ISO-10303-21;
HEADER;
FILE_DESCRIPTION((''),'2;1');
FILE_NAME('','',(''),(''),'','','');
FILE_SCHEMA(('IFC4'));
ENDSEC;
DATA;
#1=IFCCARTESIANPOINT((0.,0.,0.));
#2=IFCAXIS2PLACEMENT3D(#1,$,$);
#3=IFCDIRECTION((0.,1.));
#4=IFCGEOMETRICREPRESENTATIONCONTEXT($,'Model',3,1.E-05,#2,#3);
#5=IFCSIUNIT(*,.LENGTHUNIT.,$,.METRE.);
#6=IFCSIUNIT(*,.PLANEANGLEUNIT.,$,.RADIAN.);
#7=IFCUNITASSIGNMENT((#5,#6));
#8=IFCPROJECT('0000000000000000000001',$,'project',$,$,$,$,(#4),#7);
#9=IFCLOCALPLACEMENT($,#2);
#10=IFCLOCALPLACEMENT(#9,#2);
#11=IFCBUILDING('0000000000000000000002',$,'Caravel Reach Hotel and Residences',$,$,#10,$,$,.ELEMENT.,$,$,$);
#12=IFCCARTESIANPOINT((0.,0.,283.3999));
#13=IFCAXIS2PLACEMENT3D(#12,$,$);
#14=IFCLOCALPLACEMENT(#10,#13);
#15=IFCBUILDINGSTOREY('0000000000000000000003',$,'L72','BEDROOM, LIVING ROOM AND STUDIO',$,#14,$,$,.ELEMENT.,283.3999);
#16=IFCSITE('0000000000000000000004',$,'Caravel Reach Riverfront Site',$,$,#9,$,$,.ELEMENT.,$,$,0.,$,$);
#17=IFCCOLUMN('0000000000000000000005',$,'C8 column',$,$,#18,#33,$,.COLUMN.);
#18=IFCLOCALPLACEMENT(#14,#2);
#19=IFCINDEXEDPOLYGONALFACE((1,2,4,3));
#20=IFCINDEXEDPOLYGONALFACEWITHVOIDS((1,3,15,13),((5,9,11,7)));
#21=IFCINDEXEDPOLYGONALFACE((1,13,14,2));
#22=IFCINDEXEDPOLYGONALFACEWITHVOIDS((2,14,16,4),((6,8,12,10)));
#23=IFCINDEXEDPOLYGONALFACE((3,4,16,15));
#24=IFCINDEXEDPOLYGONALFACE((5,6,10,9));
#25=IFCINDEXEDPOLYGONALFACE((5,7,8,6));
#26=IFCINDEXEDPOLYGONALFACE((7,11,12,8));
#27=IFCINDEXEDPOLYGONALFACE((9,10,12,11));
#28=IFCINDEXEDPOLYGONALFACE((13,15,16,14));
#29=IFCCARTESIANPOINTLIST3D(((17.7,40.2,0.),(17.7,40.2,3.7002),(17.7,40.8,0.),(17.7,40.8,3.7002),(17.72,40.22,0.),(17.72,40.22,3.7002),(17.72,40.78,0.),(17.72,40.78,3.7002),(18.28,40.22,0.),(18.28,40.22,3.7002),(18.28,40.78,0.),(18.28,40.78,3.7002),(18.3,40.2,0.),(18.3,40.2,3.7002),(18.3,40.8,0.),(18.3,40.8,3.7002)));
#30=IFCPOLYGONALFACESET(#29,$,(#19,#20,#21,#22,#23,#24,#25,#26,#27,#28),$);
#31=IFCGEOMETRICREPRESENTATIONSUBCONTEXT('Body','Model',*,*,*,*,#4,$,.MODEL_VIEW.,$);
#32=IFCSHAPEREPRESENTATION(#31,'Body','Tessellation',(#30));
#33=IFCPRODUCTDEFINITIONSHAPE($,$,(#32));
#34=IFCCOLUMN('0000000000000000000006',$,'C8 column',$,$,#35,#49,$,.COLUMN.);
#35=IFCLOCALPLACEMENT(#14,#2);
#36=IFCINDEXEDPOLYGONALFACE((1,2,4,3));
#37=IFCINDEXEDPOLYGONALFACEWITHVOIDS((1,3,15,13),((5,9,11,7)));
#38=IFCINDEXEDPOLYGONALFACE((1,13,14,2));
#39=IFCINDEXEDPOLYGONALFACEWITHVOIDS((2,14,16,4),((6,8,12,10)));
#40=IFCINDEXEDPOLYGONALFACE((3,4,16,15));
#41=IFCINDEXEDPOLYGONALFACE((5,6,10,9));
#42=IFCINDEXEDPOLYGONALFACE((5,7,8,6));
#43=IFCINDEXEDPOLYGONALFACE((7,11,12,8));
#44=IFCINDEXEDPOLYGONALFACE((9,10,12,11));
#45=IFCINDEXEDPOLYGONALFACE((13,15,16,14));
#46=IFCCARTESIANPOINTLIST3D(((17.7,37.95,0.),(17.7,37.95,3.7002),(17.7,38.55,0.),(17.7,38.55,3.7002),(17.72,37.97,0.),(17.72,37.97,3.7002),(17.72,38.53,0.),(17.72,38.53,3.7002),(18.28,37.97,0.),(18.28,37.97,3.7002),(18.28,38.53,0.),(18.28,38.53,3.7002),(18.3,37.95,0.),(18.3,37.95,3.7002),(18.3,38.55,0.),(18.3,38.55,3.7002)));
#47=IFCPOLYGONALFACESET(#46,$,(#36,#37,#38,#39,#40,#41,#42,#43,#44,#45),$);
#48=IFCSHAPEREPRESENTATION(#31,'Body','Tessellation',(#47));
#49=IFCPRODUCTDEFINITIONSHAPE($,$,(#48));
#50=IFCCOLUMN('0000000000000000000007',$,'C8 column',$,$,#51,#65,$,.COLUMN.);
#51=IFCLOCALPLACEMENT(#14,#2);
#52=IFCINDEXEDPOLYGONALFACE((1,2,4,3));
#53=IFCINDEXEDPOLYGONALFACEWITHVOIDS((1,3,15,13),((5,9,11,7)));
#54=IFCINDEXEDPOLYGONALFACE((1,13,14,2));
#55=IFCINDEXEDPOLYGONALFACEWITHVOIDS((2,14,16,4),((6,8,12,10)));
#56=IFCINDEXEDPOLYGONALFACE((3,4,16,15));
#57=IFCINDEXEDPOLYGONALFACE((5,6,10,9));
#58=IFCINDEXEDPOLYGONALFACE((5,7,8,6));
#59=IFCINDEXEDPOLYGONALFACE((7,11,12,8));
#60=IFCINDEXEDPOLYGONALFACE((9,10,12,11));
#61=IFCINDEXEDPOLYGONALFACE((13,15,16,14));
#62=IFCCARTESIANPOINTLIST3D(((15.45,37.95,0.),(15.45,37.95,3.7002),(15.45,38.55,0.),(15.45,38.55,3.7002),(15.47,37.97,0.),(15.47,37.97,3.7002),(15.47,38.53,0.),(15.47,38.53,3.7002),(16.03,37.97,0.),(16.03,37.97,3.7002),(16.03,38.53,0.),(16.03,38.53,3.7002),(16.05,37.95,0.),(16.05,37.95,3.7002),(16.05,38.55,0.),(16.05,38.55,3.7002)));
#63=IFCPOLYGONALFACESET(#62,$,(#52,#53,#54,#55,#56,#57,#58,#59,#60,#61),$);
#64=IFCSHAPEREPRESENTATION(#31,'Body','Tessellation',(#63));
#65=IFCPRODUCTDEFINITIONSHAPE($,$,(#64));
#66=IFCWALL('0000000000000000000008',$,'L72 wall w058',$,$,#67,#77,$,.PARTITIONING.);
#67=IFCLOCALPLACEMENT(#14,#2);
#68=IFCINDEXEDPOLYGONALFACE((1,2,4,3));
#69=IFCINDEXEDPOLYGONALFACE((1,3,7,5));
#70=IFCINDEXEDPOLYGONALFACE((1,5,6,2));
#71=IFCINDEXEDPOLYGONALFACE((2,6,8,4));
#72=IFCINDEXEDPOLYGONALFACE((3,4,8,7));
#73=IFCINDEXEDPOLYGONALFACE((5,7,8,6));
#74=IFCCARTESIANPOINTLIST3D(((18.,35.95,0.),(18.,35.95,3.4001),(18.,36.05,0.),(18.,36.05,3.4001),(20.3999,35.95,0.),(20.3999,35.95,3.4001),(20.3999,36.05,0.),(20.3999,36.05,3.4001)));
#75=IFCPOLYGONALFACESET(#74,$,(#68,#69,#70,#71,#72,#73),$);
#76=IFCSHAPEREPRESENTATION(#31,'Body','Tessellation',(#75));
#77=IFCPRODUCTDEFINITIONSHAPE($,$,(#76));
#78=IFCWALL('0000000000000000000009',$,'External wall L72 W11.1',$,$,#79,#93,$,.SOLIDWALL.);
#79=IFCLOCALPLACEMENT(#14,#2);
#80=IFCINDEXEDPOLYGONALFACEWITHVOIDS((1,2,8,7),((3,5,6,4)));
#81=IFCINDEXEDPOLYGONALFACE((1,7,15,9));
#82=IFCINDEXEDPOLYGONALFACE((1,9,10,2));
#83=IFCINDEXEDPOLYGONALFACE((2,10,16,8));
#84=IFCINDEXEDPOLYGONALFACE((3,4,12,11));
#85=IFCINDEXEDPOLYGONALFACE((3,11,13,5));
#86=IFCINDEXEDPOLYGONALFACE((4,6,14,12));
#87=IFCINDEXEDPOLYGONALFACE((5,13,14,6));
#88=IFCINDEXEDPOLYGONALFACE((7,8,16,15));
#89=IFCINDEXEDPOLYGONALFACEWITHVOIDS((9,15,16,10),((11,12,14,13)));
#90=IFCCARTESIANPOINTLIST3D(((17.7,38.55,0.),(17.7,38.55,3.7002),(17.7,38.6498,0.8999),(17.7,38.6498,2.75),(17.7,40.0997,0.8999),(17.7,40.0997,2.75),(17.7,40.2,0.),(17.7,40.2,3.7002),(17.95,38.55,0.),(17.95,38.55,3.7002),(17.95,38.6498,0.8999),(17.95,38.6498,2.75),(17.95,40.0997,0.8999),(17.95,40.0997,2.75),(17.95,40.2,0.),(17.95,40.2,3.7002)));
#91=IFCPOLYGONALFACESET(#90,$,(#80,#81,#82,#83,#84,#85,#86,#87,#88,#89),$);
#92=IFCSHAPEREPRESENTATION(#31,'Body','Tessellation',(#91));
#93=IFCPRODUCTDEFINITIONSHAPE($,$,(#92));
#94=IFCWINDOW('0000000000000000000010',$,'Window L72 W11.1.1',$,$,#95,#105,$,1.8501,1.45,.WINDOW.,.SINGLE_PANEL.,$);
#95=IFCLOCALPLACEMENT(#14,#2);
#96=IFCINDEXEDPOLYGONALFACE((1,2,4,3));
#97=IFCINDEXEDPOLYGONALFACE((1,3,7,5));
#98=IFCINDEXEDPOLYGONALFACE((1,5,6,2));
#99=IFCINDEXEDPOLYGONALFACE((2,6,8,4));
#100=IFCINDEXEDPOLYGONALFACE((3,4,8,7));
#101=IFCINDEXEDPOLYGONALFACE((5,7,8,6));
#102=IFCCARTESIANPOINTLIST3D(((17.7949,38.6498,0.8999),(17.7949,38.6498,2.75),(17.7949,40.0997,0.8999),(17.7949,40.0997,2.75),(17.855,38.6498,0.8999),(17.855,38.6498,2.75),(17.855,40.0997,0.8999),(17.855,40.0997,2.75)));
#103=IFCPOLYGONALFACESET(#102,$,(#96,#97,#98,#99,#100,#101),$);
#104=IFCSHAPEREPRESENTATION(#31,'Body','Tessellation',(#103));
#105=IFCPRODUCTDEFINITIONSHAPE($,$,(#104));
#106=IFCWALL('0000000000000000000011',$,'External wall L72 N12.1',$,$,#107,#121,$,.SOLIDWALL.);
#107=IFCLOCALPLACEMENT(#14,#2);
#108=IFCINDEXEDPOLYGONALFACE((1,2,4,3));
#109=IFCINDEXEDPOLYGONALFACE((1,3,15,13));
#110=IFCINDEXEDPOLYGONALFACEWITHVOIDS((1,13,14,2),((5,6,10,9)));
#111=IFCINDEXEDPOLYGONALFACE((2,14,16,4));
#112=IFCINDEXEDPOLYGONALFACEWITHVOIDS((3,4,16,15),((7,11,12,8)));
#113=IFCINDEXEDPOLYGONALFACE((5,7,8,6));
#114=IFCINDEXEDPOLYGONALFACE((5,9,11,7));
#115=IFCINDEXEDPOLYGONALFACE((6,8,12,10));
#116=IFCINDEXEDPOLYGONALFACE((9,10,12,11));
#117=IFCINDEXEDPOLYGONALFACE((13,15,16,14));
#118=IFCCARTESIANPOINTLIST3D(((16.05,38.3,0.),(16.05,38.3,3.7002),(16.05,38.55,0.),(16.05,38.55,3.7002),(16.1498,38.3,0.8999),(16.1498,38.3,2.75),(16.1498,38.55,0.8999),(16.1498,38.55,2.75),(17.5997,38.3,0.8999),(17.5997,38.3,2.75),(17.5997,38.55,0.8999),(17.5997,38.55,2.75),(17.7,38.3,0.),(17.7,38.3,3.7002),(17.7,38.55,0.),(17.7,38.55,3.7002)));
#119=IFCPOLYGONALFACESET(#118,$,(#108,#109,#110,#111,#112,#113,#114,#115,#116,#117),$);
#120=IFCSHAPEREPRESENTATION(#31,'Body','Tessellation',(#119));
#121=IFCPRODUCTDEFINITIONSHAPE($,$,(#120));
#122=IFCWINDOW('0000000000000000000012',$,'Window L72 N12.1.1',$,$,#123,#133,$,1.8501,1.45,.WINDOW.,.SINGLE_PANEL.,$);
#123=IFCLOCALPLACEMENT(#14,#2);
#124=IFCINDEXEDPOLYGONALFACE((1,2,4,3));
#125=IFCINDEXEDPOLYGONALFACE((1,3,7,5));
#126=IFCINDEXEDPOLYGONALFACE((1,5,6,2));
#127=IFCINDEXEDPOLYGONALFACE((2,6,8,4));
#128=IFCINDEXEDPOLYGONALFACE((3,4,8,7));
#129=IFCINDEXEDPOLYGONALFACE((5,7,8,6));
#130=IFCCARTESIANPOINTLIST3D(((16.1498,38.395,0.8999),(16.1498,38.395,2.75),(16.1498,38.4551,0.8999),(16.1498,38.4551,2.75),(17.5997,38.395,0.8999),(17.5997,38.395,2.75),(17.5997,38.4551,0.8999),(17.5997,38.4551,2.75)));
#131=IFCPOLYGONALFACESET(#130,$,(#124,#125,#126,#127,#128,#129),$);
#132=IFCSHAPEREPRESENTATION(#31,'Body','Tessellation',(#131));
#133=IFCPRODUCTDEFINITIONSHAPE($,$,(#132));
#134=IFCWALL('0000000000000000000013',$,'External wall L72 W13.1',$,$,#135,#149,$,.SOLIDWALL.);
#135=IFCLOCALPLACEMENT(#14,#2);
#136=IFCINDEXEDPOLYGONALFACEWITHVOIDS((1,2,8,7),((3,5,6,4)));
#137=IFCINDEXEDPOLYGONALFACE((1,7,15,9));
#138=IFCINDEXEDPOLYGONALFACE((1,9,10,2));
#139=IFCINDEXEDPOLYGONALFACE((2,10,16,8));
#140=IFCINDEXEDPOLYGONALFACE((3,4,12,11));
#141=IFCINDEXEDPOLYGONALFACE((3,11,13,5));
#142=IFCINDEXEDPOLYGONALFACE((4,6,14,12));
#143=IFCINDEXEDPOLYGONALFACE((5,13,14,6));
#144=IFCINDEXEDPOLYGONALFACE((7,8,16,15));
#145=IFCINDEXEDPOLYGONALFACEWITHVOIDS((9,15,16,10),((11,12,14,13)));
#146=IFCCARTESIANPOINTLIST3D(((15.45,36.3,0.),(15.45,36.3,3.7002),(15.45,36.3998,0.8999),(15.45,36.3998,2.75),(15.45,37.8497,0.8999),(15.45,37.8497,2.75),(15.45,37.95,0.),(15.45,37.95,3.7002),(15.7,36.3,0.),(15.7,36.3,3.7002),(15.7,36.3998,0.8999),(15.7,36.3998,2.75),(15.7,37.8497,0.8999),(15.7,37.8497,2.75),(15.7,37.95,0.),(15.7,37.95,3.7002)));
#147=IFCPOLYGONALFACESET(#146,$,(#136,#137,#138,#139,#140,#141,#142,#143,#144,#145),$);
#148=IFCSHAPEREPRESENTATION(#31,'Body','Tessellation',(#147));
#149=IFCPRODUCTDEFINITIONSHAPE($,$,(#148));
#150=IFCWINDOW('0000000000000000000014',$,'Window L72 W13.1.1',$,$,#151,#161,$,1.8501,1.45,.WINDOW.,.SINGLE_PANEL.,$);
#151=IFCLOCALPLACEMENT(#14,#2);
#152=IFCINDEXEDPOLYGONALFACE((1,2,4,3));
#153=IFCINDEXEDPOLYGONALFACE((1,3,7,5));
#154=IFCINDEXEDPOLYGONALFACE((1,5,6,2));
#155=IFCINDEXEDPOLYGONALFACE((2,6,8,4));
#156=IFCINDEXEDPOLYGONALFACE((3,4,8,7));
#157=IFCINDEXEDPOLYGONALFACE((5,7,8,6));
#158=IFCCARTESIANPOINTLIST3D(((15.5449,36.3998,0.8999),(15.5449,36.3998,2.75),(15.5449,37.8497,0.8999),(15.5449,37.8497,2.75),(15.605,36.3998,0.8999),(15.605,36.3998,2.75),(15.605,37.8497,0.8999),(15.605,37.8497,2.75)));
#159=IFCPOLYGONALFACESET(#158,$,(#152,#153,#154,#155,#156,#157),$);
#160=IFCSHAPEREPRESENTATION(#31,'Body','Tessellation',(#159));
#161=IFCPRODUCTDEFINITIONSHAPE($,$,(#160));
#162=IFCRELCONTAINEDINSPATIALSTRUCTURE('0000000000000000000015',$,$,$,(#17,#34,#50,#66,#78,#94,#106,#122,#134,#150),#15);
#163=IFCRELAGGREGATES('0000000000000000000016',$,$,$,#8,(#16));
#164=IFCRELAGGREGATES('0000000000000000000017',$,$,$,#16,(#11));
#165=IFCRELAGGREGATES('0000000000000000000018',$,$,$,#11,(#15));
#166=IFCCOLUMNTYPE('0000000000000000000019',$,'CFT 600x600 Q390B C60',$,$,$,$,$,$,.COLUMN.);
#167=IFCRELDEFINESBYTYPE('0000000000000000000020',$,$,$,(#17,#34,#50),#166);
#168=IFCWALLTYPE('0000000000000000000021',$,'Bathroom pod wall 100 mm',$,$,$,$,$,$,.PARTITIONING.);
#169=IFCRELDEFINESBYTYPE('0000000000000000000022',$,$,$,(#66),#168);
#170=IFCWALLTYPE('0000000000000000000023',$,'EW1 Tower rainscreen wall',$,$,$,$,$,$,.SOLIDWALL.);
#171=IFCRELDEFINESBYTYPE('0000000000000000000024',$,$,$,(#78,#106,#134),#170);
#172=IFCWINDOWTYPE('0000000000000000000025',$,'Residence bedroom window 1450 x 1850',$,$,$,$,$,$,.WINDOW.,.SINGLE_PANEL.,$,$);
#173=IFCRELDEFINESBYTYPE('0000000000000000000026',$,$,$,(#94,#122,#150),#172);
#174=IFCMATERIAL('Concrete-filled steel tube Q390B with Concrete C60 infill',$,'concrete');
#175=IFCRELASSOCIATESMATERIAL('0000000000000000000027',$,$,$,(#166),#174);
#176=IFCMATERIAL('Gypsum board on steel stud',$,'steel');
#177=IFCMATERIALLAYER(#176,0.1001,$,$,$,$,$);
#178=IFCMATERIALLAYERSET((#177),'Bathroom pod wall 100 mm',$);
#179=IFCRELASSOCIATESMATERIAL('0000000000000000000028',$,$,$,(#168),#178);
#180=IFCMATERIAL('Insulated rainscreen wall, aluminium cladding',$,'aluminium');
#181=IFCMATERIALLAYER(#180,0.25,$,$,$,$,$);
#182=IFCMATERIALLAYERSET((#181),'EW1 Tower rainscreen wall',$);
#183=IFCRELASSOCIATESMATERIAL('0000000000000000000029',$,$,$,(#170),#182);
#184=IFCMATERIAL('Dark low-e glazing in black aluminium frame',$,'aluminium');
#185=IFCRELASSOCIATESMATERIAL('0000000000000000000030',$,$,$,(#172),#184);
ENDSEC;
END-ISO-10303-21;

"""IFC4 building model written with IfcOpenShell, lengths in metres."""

from ifc_helpers import new_model, si_unit, direction, frame, frame_2d, origin, origin_2d, place, context, subcontext, project, spatial, rectangle, hollow_rectangle, extrude, material, layer, layer_set, material_profile, profile_set, type_object, element, fill, save


model = new_model("IFC4")

# Units and contexts
model_context = context("Model", 3, precision=1e-05, world=origin(), true_north=direction((0.0, 1.0)))
body_context = subcontext(model_context, "Body", "Model", "MODEL_VIEW")
ifc_project = project(units=[si_unit("LENGTHUNIT", "METRE"), si_unit("PLANEANGLEUNIT", "RADIAN")], contexts=[model_context])

# Site, building, storey
site_placement = place(None, origin())
site = spatial("IfcSite", under=ifc_project, at=site_placement, Name="Caravel Reach Riverfront Site", CompositionType="ELEMENT", RefElevation=0.0)
building_placement = place(site_placement, origin())
building = spatial("IfcBuilding", under=site, at=building_placement, Name="Caravel Reach Hotel and Residences", CompositionType="ELEMENT")
storey_placement = place(building_placement, frame((0.0, 0.0, 283.3999)))
storey = spatial("IfcBuildingStorey", under=building, at=storey_placement, Name="L72", Description="BEDROOM, LIVING ROOM AND STUDIO", CompositionType="ELEMENT", Elevation=283.3999)

# Columns
ifc_material_1 = material(Name="Concrete-filled steel tube Q390B with Concrete C60 infill", Category="concrete")
ifc_material_profile = material_profile(ifc_material_1, hollow_rectangle(XDim=0.6001, YDim=0.6001, WallThickness=0.02, at=origin_2d()), Name="RHS 600x600x20")
ifc_profile_set = profile_set([ifc_material_profile], Name="Concrete-filled steel tube Q390B with Concrete C60 infill")
column_type = type_object("IfcColumnType", Name="CFT 600x600 Q390B C60", PredefinedType="COLUMN", material=ifc_profile_set)
for number, where, z_axis, x_axis, name in (
    (1, (18.0, 40.5, 0.0), (0.0, 0.0, 1.0), (1.0, 0.0, 0.0), "C8 column"),
    (2, (18.0, 38.25, 0.0), (0.0, 0.0, 1.0), (1.0, 0.0, 0.0), "C8 column"),
    (3, (15.75, 38.25, 0.0), (0.0, 0.0, 1.0), (1.0, 0.0, 0.0), "C8 column"),
):
    element("IfcColumn", number, at=place(storey_placement, frame(where, z_axis=z_axis, x_axis=x_axis)), inside=storey, type_object=column_type, Name=name, PredefinedType="COLUMN", context=body_context, shape_type="SweptSolid", body=[
        extrude(hollow_rectangle(XDim=0.6001, YDim=0.6001, WallThickness=0.02, at=origin_2d()), origin(), (0.0, 0.0, 1.0), 3.7002),
    ])

# Wall
ifc_material_2 = material(Name="Gypsum board on steel stud", Category="steel")
ifc_layer_1 = layer(ifc_material_2, 0.1001)
ifc_layer_set_1 = layer_set([ifc_layer_1], Name="Bathroom pod wall 100 mm")
wall_type_1 = type_object("IfcWallType", Name="Bathroom pod wall 100 mm", PredefinedType="PARTITIONING", material=ifc_layer_set_1)
wall_1_placement = place(storey_placement, frame((18.0, 36.0, 0.0), z_axis=(0.0, 0.0, 1.0), x_axis=(1.0, 0.0, 0.0)))
element("IfcWall", 4, at=wall_1_placement, inside=storey, type_object=wall_type_1, Name="L72 wall w058", PredefinedType="PARTITIONING", context=body_context, shape_type="SweptSolid", body=[
    extrude(rectangle(XDim=2.3999, YDim=0.1001, at=frame_2d((1.2, 0.0))), origin(), (0.0, 0.0, 1.0), 3.4001),
])

# Walls, openings, windows
ifc_material_3 = material(Name="Insulated rainscreen wall, aluminium cladding", Category="aluminium")
ifc_layer_2 = layer(ifc_material_3, 0.25)
ifc_layer_set_2 = layer_set([ifc_layer_2], Name="EW1 Tower rainscreen wall")
wall_type_2 = type_object("IfcWallType", Name="EW1 Tower rainscreen wall", PredefinedType="SOLIDWALL", material=ifc_layer_set_2)
wall_2_placement = place(storey_placement, frame((17.825, 40.2, 0.0), z_axis=(0.0, 0.0, 1.0), x_axis=(0.0, -1.0, 0.0)))
wall_2 = element("IfcWall", 5, at=wall_2_placement, inside=storey, type_object=wall_type_2, Name="External wall L72 W11.1", PredefinedType="SOLIDWALL", context=body_context, shape_type="SweptSolid", body=[
    extrude(rectangle(XDim=1.6499, YDim=0.25, at=frame_2d((0.825, 0.0))), origin(), (0.0, 0.0, 1.0), 3.7002),
])
opening_1_placement = place(wall_2_placement, frame((0.1001, 0.0, 0.8999)))
opening_1 = element("IfcOpeningElement", 6, at=opening_1_placement, cuts=wall_2, PredefinedType="OPENING", context=body_context, shape_type="SweptSolid", body=[
    extrude(rectangle(XDim=1.45, YDim=1.8501, at=frame_2d((0.7251, 0.925))), frame((0.0, 0.135, 0.0), z_axis=(0.0, -1.0, 0.0), x_axis=(1.0, 0.0, 0.0)), (0.0, 0.0, 1.0), 0.27),
])
ifc_material_4 = material(Name="Dark low-e glazing in black aluminium frame", Category="aluminium")
window_type = type_object("IfcWindowType", Name="Residence bedroom window 1450 x 1850", PartitioningType="SINGLE_PANEL", PredefinedType="WINDOW", material=ifc_material_4)
window_1_placement = place(opening_1_placement, origin())
window_1 = element("IfcWindow", 7, at=window_1_placement, inside=storey, type_object=window_type, Name="Window L72 W11.1.1", OverallHeight=1.8501, OverallWidth=1.45, PartitioningType="SINGLE_PANEL", PredefinedType="WINDOW", context=body_context, shape_type="SweptSolid", body=[
    extrude(rectangle(XDim=1.45, YDim=1.8501, at=frame_2d((0.7251, 0.925))), frame((0.0, 0.03, 0.0), z_axis=(0.0, -1.0, 0.0), x_axis=(1.0, 0.0, 0.0)), (0.0, 0.0, 1.0), 0.0601),
])
fill(opening_1, window_1)
wall_3_placement = place(storey_placement, frame((17.7, 38.425, 0.0), z_axis=(0.0, 0.0, 1.0), x_axis=(-1.0, 0.0, 0.0)))
wall_3 = element("IfcWall", 8, at=wall_3_placement, inside=storey, type_object=wall_type_2, Name="External wall L72 N12.1", PredefinedType="SOLIDWALL", context=body_context, shape_type="SweptSolid", body=[
    extrude(rectangle(XDim=1.6499, YDim=0.25, at=frame_2d((0.825, 0.0))), origin(), (0.0, 0.0, 1.0), 3.7002),
])
opening_2_placement = place(wall_3_placement, frame((0.1001, 0.0, 0.8999)))
opening_2 = element("IfcOpeningElement", 9, at=opening_2_placement, cuts=wall_3, PredefinedType="OPENING", context=body_context, shape_type="SweptSolid", body=[
    extrude(rectangle(XDim=1.45, YDim=1.8501, at=frame_2d((0.7251, 0.925))), frame((0.0, 0.135, 0.0), z_axis=(0.0, -1.0, 0.0), x_axis=(1.0, 0.0, 0.0)), (0.0, 0.0, 1.0), 0.27),
])
window_2_placement = place(opening_2_placement, origin())
window_2 = element("IfcWindow", 10, at=window_2_placement, inside=storey, type_object=window_type, Name="Window L72 N12.1.1", OverallHeight=1.8501, OverallWidth=1.45, PartitioningType="SINGLE_PANEL", PredefinedType="WINDOW", context=body_context, shape_type="SweptSolid", body=[
    extrude(rectangle(XDim=1.45, YDim=1.8501, at=frame_2d((0.7251, 0.925))), frame((0.0, 0.03, 0.0), z_axis=(0.0, -1.0, 0.0), x_axis=(1.0, 0.0, 0.0)), (0.0, 0.0, 1.0), 0.0601),
])
fill(opening_2, window_2)
wall_4_placement = place(storey_placement, frame((15.575, 37.95, 0.0), z_axis=(0.0, 0.0, 1.0), x_axis=(0.0, -1.0, 0.0)))
wall_4 = element("IfcWall", 11, at=wall_4_placement, inside=storey, type_object=wall_type_2, Name="External wall L72 W13.1", PredefinedType="SOLIDWALL", context=body_context, shape_type="SweptSolid", body=[
    extrude(rectangle(XDim=1.6499, YDim=0.25, at=frame_2d((0.825, 0.0))), origin(), (0.0, 0.0, 1.0), 3.7002),
])
opening_3_placement = place(wall_4_placement, frame((0.1001, 0.0, 0.8999)))
opening_3 = element("IfcOpeningElement", 12, at=opening_3_placement, cuts=wall_4, PredefinedType="OPENING", context=body_context, shape_type="SweptSolid", body=[
    extrude(rectangle(XDim=1.45, YDim=1.8501, at=frame_2d((0.7251, 0.925))), frame((0.0, 0.135, 0.0), z_axis=(0.0, -1.0, 0.0), x_axis=(1.0, 0.0, 0.0)), (0.0, 0.0, 1.0), 0.27),
])
window_3_placement = place(opening_3_placement, origin())
window_3 = element("IfcWindow", 13, at=window_3_placement, inside=storey, type_object=window_type, Name="Window L72 W13.1.1", OverallHeight=1.8501, OverallWidth=1.45, PartitioningType="SINGLE_PANEL", PredefinedType="WINDOW", context=body_context, shape_type="SweptSolid", body=[
    extrude(rectangle(XDim=1.45, YDim=1.8501, at=frame_2d((0.7251, 0.925))), frame((0.0, 0.03, 0.0), z_axis=(0.0, -1.0, 0.0), x_axis=(1.0, 0.0, 0.0)), (0.0, 0.0, 1.0), 0.0601),
])
fill(opening_3, window_3)

save(model, "model.ifc")
